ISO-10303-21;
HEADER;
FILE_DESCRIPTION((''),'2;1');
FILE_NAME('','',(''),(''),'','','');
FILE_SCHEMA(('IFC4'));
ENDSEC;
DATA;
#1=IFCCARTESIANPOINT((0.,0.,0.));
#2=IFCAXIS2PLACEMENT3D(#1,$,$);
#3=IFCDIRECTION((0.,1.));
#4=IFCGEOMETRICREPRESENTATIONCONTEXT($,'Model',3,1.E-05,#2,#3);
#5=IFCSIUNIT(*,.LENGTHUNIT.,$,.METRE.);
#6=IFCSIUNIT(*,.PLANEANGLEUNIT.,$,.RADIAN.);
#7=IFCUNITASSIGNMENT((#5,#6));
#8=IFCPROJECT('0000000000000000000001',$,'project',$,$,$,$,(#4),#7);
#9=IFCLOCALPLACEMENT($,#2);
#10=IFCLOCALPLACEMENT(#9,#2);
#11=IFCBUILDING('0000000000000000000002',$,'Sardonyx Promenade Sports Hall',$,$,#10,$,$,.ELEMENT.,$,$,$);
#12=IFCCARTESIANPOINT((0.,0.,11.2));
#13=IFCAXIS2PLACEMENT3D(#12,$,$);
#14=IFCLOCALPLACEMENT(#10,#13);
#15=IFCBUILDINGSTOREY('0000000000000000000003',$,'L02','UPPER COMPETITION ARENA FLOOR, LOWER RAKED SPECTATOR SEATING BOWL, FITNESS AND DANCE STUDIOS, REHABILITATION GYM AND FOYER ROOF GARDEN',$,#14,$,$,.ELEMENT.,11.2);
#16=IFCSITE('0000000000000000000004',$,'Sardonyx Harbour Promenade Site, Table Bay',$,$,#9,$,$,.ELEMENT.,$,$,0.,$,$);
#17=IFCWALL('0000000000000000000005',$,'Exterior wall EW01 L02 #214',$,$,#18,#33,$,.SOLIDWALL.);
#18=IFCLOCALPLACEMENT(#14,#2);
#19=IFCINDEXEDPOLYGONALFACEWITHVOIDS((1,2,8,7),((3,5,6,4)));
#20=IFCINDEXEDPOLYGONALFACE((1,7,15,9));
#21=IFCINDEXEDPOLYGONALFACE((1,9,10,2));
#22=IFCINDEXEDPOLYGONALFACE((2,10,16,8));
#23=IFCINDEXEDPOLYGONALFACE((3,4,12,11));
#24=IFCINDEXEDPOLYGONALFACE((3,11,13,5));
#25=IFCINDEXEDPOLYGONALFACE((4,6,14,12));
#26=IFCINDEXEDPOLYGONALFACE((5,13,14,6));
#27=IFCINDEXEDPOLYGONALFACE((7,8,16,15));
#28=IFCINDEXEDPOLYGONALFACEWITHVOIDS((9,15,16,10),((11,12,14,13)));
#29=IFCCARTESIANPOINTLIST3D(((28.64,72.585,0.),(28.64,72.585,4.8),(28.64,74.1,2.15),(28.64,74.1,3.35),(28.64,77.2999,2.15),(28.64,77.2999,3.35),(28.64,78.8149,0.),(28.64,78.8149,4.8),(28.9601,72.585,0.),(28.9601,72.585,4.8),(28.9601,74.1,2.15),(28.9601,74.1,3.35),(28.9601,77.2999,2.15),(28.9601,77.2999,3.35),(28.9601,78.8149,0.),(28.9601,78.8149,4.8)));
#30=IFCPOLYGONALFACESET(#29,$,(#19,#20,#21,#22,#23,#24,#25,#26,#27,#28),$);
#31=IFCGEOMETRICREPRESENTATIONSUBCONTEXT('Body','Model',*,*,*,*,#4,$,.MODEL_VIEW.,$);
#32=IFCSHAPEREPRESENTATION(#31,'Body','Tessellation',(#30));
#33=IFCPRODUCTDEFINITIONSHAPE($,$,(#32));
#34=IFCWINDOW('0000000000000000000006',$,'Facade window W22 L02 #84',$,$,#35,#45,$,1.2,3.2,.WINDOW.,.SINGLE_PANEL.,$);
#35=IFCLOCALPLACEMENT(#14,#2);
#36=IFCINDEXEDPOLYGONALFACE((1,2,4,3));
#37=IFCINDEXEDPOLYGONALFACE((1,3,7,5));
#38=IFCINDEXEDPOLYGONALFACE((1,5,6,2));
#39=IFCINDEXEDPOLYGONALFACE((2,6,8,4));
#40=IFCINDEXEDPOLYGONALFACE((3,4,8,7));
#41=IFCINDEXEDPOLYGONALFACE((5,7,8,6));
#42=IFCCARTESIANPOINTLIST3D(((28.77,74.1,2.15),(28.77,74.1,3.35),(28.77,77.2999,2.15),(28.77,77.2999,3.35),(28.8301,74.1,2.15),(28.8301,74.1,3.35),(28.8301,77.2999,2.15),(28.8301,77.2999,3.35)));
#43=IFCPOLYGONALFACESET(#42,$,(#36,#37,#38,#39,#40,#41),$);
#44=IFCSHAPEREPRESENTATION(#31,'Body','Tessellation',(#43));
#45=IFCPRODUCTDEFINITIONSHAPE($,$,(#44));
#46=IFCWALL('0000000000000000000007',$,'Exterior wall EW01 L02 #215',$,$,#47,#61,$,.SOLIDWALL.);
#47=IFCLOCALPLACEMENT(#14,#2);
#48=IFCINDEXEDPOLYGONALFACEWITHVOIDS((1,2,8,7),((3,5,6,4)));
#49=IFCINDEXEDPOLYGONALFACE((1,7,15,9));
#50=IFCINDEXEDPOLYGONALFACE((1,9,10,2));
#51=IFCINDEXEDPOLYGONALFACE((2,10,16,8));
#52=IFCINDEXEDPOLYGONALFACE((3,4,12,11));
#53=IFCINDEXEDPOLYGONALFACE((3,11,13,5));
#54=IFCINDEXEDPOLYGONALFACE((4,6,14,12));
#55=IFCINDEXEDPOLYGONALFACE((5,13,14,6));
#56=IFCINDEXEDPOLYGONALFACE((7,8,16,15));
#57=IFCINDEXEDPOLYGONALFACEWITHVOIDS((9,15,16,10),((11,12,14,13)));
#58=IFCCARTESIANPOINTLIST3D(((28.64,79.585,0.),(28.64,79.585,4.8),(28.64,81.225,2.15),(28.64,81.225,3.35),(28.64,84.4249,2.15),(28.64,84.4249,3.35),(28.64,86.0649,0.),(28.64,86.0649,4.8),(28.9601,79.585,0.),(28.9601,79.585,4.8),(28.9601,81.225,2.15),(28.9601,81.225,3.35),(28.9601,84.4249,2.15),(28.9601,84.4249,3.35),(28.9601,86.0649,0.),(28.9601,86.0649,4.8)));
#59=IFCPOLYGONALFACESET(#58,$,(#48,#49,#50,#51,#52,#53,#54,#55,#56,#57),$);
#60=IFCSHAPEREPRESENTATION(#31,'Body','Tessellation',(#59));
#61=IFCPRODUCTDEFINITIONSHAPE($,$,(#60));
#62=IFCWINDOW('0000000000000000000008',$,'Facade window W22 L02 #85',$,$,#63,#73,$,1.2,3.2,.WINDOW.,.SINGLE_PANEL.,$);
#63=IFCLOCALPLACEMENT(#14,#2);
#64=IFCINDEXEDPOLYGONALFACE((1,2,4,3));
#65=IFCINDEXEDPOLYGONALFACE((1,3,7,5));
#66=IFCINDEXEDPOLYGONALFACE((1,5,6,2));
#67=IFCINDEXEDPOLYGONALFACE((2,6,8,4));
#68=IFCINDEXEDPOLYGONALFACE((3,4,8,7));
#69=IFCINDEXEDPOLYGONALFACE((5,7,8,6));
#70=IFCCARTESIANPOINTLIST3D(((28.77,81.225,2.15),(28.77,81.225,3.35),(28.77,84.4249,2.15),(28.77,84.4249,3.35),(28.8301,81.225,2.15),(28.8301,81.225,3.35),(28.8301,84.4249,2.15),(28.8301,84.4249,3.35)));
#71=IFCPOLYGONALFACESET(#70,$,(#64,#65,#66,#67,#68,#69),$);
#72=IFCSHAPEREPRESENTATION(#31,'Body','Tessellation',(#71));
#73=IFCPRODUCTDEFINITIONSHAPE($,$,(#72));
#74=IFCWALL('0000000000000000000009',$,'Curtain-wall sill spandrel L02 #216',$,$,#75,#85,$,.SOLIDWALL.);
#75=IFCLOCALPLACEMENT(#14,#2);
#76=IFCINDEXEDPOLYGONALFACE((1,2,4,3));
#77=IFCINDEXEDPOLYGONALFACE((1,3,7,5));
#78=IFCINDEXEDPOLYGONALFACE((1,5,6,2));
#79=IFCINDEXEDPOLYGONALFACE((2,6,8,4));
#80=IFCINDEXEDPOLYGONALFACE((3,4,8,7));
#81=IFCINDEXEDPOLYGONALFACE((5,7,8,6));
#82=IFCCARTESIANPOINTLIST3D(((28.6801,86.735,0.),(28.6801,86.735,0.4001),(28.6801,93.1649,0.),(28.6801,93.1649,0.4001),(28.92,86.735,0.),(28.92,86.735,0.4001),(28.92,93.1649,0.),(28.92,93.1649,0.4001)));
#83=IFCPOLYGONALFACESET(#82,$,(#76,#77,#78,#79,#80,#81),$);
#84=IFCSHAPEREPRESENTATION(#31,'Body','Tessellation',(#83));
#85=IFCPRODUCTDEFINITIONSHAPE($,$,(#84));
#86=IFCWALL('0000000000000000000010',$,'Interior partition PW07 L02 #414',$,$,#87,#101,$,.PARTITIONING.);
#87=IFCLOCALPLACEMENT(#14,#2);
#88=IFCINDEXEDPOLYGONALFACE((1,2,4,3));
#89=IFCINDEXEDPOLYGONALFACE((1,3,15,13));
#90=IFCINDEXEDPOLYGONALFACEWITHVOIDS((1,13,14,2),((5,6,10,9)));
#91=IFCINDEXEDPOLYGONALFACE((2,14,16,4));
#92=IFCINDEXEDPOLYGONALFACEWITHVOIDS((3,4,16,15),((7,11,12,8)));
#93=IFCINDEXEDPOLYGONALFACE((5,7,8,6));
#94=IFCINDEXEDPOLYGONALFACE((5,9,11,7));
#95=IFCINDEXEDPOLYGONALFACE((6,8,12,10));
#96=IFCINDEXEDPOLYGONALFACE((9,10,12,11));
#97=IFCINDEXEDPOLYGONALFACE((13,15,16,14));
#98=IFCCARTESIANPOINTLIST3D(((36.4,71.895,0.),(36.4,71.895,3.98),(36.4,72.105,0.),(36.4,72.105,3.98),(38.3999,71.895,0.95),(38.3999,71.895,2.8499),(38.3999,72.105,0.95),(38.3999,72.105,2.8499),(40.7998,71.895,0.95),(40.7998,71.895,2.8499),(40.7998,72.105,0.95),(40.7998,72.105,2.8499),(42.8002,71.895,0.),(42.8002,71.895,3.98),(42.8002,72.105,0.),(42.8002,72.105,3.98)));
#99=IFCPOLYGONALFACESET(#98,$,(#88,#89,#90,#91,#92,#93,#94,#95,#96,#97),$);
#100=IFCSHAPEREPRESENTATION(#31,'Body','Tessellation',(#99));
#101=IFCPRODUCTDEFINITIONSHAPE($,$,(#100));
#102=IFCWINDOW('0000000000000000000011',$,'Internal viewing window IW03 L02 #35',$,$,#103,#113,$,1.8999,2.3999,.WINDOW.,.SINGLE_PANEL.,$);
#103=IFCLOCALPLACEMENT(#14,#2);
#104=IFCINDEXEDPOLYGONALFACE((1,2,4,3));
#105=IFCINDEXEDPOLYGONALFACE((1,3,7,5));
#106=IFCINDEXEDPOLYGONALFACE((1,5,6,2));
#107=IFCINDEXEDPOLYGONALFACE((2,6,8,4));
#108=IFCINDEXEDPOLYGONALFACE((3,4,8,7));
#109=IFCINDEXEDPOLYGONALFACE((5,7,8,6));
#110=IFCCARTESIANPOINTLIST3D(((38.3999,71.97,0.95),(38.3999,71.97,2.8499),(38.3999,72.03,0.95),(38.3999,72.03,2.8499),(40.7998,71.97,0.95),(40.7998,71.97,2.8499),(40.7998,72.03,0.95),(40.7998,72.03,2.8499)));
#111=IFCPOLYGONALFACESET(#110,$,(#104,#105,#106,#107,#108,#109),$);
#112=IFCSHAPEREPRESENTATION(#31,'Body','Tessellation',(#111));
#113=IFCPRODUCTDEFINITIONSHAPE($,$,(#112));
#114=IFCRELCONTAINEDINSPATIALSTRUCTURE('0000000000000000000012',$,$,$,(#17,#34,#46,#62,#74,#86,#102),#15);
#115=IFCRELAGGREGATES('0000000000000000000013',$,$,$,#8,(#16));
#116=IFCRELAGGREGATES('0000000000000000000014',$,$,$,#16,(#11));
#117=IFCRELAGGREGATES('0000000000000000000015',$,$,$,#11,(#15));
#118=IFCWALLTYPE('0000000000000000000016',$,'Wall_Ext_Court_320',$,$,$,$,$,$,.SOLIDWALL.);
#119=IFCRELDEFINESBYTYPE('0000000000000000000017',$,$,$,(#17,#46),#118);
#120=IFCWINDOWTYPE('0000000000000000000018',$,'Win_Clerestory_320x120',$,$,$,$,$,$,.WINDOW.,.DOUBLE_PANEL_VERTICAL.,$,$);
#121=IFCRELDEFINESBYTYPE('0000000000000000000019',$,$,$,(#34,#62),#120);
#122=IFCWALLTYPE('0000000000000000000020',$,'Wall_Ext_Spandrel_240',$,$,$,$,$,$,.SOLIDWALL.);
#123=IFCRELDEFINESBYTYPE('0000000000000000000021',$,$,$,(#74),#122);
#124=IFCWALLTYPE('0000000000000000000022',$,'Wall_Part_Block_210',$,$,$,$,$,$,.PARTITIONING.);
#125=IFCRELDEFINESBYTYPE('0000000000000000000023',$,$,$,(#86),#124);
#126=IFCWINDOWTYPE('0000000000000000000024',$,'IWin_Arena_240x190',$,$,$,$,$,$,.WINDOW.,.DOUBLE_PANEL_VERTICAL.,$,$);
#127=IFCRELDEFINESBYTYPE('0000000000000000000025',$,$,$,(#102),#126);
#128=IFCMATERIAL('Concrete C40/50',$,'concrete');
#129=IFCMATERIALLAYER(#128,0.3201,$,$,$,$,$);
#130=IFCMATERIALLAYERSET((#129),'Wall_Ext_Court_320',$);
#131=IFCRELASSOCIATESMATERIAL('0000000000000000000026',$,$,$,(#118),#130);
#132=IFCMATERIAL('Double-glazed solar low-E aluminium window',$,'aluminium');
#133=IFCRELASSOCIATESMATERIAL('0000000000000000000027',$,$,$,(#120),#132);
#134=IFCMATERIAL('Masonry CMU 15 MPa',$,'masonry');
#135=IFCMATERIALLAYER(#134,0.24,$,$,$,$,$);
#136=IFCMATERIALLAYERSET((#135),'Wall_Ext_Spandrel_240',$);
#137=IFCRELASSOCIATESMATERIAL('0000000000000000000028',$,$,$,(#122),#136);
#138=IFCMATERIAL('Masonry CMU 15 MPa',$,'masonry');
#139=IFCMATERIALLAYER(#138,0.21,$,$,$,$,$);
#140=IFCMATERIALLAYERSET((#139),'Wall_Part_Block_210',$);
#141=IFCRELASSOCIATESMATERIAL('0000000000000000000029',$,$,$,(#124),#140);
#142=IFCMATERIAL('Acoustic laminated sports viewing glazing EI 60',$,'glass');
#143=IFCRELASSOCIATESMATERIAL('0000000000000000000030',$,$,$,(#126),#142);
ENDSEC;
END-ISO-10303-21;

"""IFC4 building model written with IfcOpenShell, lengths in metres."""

from ifc_helpers import new_model, si_unit, direction, frame, frame_2d, origin, place, context, subcontext, project, spatial, rectangle, extrude, material, layer, layer_set, type_object, element, fill, save


model = new_model("IFC4")

# Units and contexts
model_context = context("Model", 3, precision=1e-05, world=origin(), true_north=direction((0.0, 1.0)))
body_context = subcontext(model_context, "Body", "Model", "MODEL_VIEW")
ifc_project = project(units=[si_unit("LENGTHUNIT", "METRE"), si_unit("PLANEANGLEUNIT", "RADIAN")], contexts=[model_context])

# Site, building, storey
site_placement = place(None, origin())
site = spatial("IfcSite", under=ifc_project, at=site_placement, Name="Sardonyx Harbour Promenade Site, Table Bay", CompositionType="ELEMENT", RefElevation=0.0)
building_placement = place(site_placement, origin())
building = spatial("IfcBuilding", under=site, at=building_placement, Name="Sardonyx Promenade Sports Hall", CompositionType="ELEMENT")
storey_placement = place(building_placement, frame((0.0, 0.0, 11.2)))
storey = spatial("IfcBuildingStorey", under=building, at=storey_placement, Name="L02", Description="UPPER COMPETITION ARENA FLOOR, LOWER RAKED SPECTATOR SEATING BOWL, FITNESS AND DANCE STUDIOS, REHABILITATION GYM AND FOYER ROOF GARDEN", CompositionType="ELEMENT", Elevation=11.2)

# Walls, openings, windows
ifc_material_1 = material(Name="Concrete C40/50", Category="concrete")
ifc_layer_1 = layer(ifc_material_1, 0.3201)
ifc_layer_set_1 = layer_set([ifc_layer_1], Name="Wall_Ext_Court_320")
wall_type_1 = type_object("IfcWallType", Name="Wall_Ext_Court_320", PredefinedType="SOLIDWALL", material=ifc_layer_set_1)
wall_1_placement = place(storey_placement, frame((28.8, 72.585, 0.0), z_axis=(0.0, 0.0, 1.0), x_axis=(0.0, 1.0, 0.0)))
wall_1 = element("IfcWall", 1, at=wall_1_placement, inside=storey, type_object=wall_type_1, Name="Exterior wall EW01 L02 #214", PredefinedType="SOLIDWALL", context=body_context, shape_type="SweptSolid", body=[
    extrude(rectangle(XDim=6.23, YDim=0.3201, at=frame_2d((3.115, 0.0))), origin(), (0.0, 0.0, 1.0), 4.8),
])
opening_1_placement = place(wall_1_placement, frame((1.5149, 0.0, 2.1499)))
opening_1 = element("IfcOpeningElement", 2, at=opening_1_placement, cuts=wall_1, PredefinedType="OPENING", context=body_context, shape_type="SweptSolid", body=[
    extrude(rectangle(XDim=3.2, YDim=1.2, at=frame_2d((1.6001, 0.6001))), frame((0.0, 0.17, 0.0), z_axis=(0.0, -1.0, 0.0), x_axis=(1.0, 0.0, 0.0)), (0.0, 0.0, 1.0), 0.34),
])
ifc_material_2 = material(Name="Double-glazed solar low-E aluminium window", Category="aluminium")
window_type_1 = type_object("IfcWindowType", Name="Win_Clerestory_320x120", PartitioningType="DOUBLE_PANEL_VERTICAL", PredefinedType="WINDOW", material=ifc_material_2)
window_1_placement = place(opening_1_placement, origin())
window_1 = element("IfcWindow", 3, at=window_1_placement, inside=storey, type_object=window_type_1, Name="Facade window W22 L02 #84", OverallHeight=1.2, OverallWidth=3.2, PartitioningType="SINGLE_PANEL", PredefinedType="WINDOW", context=body_context, shape_type="SweptSolid", body=[
    extrude(rectangle(XDim=3.2, YDim=1.2, at=frame_2d((1.6001, 0.6001))), frame((0.0, 0.03, 0.0), z_axis=(0.0, -1.0, 0.0), x_axis=(1.0, 0.0, 0.0)), (0.0, 0.0, 1.0), 0.0601),
])
fill(opening_1, window_1)
wall_2_placement = place(storey_placement, frame((28.8, 79.585, 0.0), z_axis=(0.0, 0.0, 1.0), x_axis=(0.0, 1.0, 0.0)))
wall_2 = element("IfcWall", 4, at=wall_2_placement, inside=storey, type_object=wall_type_1, Name="Exterior wall EW01 L02 #215", PredefinedType="SOLIDWALL", context=body_context, shape_type="SweptSolid", body=[
    extrude(rectangle(XDim=6.48, YDim=0.3201, at=frame_2d((3.24, 0.0))), origin(), (0.0, 0.0, 1.0), 4.8),
])
opening_2_placement = place(wall_2_placement, frame((1.6399, 0.0, 2.1499)))
opening_2 = element("IfcOpeningElement", 5, at=opening_2_placement, cuts=wall_2, PredefinedType="OPENING", context=body_context, shape_type="SweptSolid", body=[
    extrude(rectangle(XDim=3.2, YDim=1.2, at=frame_2d((1.6001, 0.6001))), frame((0.0, 0.17, 0.0), z_axis=(0.0, -1.0, 0.0), x_axis=(1.0, 0.0, 0.0)), (0.0, 0.0, 1.0), 0.34),
])
window_2_placement = place(opening_2_placement, origin())
window_2 = element("IfcWindow", 6, at=window_2_placement, inside=storey, type_object=window_type_1, Name="Facade window W22 L02 #85", OverallHeight=1.2, OverallWidth=3.2, PartitioningType="SINGLE_PANEL", PredefinedType="WINDOW", context=body_context, shape_type="SweptSolid", body=[
    extrude(rectangle(XDim=3.2, YDim=1.2, at=frame_2d((1.6001, 0.6001))), frame((0.0, 0.03, 0.0), z_axis=(0.0, -1.0, 0.0), x_axis=(1.0, 0.0, 0.0)), (0.0, 0.0, 1.0), 0.0601),
])
fill(opening_2, window_2)

# Wall
ifc_material_3 = material(Name="Masonry CMU 15 MPa", Category="masonry")
ifc_layer_2 = layer(ifc_material_3, 0.24)
ifc_layer_set_2 = layer_set([ifc_layer_2], Name="Wall_Ext_Spandrel_240")
wall_type_2 = type_object("IfcWallType", Name="Wall_Ext_Spandrel_240", PredefinedType="SOLIDWALL", material=ifc_layer_set_2)
wall_3_placement = place(storey_placement, frame((28.8, 86.7351, 0.0), z_axis=(0.0, 0.0, 1.0), x_axis=(0.0, 1.0, 0.0)))
element("IfcWall", 7, at=wall_3_placement, inside=storey, type_object=wall_type_2, Name="Curtain-wall sill spandrel L02 #216", PredefinedType="SOLIDWALL", context=body_context, shape_type="SweptSolid", body=[
    extrude(rectangle(XDim=6.4299, YDim=0.24, at=frame_2d((3.2148, 0.0))), origin(), (0.0, 0.0, 1.0), 0.4001),
])

# Wall, opening, window
ifc_material_4 = material(Name="Masonry CMU 15 MPa", Category="masonry")
ifc_layer_3 = layer(ifc_material_4, 0.21)
ifc_layer_set_3 = layer_set([ifc_layer_3], Name="Wall_Part_Block_210")
wall_type_3 = type_object("IfcWallType", Name="Wall_Part_Block_210", PredefinedType="PARTITIONING", material=ifc_layer_set_3)
wall_4_placement = place(storey_placement, frame((36.3999, 72.0, 0.0), z_axis=(0.0, 0.0, 1.0), x_axis=(1.0, 0.0, 0.0)))
wall_4 = element("IfcWall", 8, at=wall_4_placement, inside=storey, type_object=wall_type_3, Name="Interior partition PW07 L02 #414", PredefinedType="PARTITIONING", context=body_context, shape_type="SweptSolid", body=[
    extrude(rectangle(XDim=6.4001, YDim=0.21, at=frame_2d((3.2002, 0.0))), origin(), (0.0, 0.0, 1.0), 3.98),
])
opening_3_placement = place(wall_4_placement, frame((2.0, 0.0, 0.95)))
opening_3 = element("IfcOpeningElement", 9, at=opening_3_placement, cuts=wall_4, PredefinedType="OPENING", context=body_context, shape_type="SweptSolid", body=[
    extrude(rectangle(XDim=2.3999, YDim=1.8999, at=frame_2d((1.2, 0.95))), frame((0.0, 0.115, 0.0), z_axis=(0.0, -1.0, 0.0), x_axis=(1.0, 0.0, 0.0)), (0.0, 0.0, 1.0), 0.23),
])
ifc_material_5 = material(Name="Acoustic laminated sports viewing glazing EI 60", Category="glass")
window_type_2 = type_object("IfcWindowType", Name="IWin_Arena_240x190", PartitioningType="DOUBLE_PANEL_VERTICAL", PredefinedType="WINDOW", material=ifc_material_5)
window_3_placement = place(opening_3_placement, origin())
window_3 = element("IfcWindow", 10, at=window_3_placement, inside=storey, type_object=window_type_2, Name="Internal viewing window IW03 L02 #35", OverallHeight=1.8999, OverallWidth=2.3999, PartitioningType="SINGLE_PANEL", PredefinedType="WINDOW", context=body_context, shape_type="SweptSolid", body=[
    extrude(rectangle(XDim=2.3999, YDim=1.8999, at=frame_2d((1.2, 0.95))), frame((0.0, 0.03, 0.0), z_axis=(0.0, -1.0, 0.0), x_axis=(1.0, 0.0, 0.0)), (0.0, 0.0, 1.0), 0.0601),
])
fill(opening_3, window_3)

save(model, "model.ifc")
